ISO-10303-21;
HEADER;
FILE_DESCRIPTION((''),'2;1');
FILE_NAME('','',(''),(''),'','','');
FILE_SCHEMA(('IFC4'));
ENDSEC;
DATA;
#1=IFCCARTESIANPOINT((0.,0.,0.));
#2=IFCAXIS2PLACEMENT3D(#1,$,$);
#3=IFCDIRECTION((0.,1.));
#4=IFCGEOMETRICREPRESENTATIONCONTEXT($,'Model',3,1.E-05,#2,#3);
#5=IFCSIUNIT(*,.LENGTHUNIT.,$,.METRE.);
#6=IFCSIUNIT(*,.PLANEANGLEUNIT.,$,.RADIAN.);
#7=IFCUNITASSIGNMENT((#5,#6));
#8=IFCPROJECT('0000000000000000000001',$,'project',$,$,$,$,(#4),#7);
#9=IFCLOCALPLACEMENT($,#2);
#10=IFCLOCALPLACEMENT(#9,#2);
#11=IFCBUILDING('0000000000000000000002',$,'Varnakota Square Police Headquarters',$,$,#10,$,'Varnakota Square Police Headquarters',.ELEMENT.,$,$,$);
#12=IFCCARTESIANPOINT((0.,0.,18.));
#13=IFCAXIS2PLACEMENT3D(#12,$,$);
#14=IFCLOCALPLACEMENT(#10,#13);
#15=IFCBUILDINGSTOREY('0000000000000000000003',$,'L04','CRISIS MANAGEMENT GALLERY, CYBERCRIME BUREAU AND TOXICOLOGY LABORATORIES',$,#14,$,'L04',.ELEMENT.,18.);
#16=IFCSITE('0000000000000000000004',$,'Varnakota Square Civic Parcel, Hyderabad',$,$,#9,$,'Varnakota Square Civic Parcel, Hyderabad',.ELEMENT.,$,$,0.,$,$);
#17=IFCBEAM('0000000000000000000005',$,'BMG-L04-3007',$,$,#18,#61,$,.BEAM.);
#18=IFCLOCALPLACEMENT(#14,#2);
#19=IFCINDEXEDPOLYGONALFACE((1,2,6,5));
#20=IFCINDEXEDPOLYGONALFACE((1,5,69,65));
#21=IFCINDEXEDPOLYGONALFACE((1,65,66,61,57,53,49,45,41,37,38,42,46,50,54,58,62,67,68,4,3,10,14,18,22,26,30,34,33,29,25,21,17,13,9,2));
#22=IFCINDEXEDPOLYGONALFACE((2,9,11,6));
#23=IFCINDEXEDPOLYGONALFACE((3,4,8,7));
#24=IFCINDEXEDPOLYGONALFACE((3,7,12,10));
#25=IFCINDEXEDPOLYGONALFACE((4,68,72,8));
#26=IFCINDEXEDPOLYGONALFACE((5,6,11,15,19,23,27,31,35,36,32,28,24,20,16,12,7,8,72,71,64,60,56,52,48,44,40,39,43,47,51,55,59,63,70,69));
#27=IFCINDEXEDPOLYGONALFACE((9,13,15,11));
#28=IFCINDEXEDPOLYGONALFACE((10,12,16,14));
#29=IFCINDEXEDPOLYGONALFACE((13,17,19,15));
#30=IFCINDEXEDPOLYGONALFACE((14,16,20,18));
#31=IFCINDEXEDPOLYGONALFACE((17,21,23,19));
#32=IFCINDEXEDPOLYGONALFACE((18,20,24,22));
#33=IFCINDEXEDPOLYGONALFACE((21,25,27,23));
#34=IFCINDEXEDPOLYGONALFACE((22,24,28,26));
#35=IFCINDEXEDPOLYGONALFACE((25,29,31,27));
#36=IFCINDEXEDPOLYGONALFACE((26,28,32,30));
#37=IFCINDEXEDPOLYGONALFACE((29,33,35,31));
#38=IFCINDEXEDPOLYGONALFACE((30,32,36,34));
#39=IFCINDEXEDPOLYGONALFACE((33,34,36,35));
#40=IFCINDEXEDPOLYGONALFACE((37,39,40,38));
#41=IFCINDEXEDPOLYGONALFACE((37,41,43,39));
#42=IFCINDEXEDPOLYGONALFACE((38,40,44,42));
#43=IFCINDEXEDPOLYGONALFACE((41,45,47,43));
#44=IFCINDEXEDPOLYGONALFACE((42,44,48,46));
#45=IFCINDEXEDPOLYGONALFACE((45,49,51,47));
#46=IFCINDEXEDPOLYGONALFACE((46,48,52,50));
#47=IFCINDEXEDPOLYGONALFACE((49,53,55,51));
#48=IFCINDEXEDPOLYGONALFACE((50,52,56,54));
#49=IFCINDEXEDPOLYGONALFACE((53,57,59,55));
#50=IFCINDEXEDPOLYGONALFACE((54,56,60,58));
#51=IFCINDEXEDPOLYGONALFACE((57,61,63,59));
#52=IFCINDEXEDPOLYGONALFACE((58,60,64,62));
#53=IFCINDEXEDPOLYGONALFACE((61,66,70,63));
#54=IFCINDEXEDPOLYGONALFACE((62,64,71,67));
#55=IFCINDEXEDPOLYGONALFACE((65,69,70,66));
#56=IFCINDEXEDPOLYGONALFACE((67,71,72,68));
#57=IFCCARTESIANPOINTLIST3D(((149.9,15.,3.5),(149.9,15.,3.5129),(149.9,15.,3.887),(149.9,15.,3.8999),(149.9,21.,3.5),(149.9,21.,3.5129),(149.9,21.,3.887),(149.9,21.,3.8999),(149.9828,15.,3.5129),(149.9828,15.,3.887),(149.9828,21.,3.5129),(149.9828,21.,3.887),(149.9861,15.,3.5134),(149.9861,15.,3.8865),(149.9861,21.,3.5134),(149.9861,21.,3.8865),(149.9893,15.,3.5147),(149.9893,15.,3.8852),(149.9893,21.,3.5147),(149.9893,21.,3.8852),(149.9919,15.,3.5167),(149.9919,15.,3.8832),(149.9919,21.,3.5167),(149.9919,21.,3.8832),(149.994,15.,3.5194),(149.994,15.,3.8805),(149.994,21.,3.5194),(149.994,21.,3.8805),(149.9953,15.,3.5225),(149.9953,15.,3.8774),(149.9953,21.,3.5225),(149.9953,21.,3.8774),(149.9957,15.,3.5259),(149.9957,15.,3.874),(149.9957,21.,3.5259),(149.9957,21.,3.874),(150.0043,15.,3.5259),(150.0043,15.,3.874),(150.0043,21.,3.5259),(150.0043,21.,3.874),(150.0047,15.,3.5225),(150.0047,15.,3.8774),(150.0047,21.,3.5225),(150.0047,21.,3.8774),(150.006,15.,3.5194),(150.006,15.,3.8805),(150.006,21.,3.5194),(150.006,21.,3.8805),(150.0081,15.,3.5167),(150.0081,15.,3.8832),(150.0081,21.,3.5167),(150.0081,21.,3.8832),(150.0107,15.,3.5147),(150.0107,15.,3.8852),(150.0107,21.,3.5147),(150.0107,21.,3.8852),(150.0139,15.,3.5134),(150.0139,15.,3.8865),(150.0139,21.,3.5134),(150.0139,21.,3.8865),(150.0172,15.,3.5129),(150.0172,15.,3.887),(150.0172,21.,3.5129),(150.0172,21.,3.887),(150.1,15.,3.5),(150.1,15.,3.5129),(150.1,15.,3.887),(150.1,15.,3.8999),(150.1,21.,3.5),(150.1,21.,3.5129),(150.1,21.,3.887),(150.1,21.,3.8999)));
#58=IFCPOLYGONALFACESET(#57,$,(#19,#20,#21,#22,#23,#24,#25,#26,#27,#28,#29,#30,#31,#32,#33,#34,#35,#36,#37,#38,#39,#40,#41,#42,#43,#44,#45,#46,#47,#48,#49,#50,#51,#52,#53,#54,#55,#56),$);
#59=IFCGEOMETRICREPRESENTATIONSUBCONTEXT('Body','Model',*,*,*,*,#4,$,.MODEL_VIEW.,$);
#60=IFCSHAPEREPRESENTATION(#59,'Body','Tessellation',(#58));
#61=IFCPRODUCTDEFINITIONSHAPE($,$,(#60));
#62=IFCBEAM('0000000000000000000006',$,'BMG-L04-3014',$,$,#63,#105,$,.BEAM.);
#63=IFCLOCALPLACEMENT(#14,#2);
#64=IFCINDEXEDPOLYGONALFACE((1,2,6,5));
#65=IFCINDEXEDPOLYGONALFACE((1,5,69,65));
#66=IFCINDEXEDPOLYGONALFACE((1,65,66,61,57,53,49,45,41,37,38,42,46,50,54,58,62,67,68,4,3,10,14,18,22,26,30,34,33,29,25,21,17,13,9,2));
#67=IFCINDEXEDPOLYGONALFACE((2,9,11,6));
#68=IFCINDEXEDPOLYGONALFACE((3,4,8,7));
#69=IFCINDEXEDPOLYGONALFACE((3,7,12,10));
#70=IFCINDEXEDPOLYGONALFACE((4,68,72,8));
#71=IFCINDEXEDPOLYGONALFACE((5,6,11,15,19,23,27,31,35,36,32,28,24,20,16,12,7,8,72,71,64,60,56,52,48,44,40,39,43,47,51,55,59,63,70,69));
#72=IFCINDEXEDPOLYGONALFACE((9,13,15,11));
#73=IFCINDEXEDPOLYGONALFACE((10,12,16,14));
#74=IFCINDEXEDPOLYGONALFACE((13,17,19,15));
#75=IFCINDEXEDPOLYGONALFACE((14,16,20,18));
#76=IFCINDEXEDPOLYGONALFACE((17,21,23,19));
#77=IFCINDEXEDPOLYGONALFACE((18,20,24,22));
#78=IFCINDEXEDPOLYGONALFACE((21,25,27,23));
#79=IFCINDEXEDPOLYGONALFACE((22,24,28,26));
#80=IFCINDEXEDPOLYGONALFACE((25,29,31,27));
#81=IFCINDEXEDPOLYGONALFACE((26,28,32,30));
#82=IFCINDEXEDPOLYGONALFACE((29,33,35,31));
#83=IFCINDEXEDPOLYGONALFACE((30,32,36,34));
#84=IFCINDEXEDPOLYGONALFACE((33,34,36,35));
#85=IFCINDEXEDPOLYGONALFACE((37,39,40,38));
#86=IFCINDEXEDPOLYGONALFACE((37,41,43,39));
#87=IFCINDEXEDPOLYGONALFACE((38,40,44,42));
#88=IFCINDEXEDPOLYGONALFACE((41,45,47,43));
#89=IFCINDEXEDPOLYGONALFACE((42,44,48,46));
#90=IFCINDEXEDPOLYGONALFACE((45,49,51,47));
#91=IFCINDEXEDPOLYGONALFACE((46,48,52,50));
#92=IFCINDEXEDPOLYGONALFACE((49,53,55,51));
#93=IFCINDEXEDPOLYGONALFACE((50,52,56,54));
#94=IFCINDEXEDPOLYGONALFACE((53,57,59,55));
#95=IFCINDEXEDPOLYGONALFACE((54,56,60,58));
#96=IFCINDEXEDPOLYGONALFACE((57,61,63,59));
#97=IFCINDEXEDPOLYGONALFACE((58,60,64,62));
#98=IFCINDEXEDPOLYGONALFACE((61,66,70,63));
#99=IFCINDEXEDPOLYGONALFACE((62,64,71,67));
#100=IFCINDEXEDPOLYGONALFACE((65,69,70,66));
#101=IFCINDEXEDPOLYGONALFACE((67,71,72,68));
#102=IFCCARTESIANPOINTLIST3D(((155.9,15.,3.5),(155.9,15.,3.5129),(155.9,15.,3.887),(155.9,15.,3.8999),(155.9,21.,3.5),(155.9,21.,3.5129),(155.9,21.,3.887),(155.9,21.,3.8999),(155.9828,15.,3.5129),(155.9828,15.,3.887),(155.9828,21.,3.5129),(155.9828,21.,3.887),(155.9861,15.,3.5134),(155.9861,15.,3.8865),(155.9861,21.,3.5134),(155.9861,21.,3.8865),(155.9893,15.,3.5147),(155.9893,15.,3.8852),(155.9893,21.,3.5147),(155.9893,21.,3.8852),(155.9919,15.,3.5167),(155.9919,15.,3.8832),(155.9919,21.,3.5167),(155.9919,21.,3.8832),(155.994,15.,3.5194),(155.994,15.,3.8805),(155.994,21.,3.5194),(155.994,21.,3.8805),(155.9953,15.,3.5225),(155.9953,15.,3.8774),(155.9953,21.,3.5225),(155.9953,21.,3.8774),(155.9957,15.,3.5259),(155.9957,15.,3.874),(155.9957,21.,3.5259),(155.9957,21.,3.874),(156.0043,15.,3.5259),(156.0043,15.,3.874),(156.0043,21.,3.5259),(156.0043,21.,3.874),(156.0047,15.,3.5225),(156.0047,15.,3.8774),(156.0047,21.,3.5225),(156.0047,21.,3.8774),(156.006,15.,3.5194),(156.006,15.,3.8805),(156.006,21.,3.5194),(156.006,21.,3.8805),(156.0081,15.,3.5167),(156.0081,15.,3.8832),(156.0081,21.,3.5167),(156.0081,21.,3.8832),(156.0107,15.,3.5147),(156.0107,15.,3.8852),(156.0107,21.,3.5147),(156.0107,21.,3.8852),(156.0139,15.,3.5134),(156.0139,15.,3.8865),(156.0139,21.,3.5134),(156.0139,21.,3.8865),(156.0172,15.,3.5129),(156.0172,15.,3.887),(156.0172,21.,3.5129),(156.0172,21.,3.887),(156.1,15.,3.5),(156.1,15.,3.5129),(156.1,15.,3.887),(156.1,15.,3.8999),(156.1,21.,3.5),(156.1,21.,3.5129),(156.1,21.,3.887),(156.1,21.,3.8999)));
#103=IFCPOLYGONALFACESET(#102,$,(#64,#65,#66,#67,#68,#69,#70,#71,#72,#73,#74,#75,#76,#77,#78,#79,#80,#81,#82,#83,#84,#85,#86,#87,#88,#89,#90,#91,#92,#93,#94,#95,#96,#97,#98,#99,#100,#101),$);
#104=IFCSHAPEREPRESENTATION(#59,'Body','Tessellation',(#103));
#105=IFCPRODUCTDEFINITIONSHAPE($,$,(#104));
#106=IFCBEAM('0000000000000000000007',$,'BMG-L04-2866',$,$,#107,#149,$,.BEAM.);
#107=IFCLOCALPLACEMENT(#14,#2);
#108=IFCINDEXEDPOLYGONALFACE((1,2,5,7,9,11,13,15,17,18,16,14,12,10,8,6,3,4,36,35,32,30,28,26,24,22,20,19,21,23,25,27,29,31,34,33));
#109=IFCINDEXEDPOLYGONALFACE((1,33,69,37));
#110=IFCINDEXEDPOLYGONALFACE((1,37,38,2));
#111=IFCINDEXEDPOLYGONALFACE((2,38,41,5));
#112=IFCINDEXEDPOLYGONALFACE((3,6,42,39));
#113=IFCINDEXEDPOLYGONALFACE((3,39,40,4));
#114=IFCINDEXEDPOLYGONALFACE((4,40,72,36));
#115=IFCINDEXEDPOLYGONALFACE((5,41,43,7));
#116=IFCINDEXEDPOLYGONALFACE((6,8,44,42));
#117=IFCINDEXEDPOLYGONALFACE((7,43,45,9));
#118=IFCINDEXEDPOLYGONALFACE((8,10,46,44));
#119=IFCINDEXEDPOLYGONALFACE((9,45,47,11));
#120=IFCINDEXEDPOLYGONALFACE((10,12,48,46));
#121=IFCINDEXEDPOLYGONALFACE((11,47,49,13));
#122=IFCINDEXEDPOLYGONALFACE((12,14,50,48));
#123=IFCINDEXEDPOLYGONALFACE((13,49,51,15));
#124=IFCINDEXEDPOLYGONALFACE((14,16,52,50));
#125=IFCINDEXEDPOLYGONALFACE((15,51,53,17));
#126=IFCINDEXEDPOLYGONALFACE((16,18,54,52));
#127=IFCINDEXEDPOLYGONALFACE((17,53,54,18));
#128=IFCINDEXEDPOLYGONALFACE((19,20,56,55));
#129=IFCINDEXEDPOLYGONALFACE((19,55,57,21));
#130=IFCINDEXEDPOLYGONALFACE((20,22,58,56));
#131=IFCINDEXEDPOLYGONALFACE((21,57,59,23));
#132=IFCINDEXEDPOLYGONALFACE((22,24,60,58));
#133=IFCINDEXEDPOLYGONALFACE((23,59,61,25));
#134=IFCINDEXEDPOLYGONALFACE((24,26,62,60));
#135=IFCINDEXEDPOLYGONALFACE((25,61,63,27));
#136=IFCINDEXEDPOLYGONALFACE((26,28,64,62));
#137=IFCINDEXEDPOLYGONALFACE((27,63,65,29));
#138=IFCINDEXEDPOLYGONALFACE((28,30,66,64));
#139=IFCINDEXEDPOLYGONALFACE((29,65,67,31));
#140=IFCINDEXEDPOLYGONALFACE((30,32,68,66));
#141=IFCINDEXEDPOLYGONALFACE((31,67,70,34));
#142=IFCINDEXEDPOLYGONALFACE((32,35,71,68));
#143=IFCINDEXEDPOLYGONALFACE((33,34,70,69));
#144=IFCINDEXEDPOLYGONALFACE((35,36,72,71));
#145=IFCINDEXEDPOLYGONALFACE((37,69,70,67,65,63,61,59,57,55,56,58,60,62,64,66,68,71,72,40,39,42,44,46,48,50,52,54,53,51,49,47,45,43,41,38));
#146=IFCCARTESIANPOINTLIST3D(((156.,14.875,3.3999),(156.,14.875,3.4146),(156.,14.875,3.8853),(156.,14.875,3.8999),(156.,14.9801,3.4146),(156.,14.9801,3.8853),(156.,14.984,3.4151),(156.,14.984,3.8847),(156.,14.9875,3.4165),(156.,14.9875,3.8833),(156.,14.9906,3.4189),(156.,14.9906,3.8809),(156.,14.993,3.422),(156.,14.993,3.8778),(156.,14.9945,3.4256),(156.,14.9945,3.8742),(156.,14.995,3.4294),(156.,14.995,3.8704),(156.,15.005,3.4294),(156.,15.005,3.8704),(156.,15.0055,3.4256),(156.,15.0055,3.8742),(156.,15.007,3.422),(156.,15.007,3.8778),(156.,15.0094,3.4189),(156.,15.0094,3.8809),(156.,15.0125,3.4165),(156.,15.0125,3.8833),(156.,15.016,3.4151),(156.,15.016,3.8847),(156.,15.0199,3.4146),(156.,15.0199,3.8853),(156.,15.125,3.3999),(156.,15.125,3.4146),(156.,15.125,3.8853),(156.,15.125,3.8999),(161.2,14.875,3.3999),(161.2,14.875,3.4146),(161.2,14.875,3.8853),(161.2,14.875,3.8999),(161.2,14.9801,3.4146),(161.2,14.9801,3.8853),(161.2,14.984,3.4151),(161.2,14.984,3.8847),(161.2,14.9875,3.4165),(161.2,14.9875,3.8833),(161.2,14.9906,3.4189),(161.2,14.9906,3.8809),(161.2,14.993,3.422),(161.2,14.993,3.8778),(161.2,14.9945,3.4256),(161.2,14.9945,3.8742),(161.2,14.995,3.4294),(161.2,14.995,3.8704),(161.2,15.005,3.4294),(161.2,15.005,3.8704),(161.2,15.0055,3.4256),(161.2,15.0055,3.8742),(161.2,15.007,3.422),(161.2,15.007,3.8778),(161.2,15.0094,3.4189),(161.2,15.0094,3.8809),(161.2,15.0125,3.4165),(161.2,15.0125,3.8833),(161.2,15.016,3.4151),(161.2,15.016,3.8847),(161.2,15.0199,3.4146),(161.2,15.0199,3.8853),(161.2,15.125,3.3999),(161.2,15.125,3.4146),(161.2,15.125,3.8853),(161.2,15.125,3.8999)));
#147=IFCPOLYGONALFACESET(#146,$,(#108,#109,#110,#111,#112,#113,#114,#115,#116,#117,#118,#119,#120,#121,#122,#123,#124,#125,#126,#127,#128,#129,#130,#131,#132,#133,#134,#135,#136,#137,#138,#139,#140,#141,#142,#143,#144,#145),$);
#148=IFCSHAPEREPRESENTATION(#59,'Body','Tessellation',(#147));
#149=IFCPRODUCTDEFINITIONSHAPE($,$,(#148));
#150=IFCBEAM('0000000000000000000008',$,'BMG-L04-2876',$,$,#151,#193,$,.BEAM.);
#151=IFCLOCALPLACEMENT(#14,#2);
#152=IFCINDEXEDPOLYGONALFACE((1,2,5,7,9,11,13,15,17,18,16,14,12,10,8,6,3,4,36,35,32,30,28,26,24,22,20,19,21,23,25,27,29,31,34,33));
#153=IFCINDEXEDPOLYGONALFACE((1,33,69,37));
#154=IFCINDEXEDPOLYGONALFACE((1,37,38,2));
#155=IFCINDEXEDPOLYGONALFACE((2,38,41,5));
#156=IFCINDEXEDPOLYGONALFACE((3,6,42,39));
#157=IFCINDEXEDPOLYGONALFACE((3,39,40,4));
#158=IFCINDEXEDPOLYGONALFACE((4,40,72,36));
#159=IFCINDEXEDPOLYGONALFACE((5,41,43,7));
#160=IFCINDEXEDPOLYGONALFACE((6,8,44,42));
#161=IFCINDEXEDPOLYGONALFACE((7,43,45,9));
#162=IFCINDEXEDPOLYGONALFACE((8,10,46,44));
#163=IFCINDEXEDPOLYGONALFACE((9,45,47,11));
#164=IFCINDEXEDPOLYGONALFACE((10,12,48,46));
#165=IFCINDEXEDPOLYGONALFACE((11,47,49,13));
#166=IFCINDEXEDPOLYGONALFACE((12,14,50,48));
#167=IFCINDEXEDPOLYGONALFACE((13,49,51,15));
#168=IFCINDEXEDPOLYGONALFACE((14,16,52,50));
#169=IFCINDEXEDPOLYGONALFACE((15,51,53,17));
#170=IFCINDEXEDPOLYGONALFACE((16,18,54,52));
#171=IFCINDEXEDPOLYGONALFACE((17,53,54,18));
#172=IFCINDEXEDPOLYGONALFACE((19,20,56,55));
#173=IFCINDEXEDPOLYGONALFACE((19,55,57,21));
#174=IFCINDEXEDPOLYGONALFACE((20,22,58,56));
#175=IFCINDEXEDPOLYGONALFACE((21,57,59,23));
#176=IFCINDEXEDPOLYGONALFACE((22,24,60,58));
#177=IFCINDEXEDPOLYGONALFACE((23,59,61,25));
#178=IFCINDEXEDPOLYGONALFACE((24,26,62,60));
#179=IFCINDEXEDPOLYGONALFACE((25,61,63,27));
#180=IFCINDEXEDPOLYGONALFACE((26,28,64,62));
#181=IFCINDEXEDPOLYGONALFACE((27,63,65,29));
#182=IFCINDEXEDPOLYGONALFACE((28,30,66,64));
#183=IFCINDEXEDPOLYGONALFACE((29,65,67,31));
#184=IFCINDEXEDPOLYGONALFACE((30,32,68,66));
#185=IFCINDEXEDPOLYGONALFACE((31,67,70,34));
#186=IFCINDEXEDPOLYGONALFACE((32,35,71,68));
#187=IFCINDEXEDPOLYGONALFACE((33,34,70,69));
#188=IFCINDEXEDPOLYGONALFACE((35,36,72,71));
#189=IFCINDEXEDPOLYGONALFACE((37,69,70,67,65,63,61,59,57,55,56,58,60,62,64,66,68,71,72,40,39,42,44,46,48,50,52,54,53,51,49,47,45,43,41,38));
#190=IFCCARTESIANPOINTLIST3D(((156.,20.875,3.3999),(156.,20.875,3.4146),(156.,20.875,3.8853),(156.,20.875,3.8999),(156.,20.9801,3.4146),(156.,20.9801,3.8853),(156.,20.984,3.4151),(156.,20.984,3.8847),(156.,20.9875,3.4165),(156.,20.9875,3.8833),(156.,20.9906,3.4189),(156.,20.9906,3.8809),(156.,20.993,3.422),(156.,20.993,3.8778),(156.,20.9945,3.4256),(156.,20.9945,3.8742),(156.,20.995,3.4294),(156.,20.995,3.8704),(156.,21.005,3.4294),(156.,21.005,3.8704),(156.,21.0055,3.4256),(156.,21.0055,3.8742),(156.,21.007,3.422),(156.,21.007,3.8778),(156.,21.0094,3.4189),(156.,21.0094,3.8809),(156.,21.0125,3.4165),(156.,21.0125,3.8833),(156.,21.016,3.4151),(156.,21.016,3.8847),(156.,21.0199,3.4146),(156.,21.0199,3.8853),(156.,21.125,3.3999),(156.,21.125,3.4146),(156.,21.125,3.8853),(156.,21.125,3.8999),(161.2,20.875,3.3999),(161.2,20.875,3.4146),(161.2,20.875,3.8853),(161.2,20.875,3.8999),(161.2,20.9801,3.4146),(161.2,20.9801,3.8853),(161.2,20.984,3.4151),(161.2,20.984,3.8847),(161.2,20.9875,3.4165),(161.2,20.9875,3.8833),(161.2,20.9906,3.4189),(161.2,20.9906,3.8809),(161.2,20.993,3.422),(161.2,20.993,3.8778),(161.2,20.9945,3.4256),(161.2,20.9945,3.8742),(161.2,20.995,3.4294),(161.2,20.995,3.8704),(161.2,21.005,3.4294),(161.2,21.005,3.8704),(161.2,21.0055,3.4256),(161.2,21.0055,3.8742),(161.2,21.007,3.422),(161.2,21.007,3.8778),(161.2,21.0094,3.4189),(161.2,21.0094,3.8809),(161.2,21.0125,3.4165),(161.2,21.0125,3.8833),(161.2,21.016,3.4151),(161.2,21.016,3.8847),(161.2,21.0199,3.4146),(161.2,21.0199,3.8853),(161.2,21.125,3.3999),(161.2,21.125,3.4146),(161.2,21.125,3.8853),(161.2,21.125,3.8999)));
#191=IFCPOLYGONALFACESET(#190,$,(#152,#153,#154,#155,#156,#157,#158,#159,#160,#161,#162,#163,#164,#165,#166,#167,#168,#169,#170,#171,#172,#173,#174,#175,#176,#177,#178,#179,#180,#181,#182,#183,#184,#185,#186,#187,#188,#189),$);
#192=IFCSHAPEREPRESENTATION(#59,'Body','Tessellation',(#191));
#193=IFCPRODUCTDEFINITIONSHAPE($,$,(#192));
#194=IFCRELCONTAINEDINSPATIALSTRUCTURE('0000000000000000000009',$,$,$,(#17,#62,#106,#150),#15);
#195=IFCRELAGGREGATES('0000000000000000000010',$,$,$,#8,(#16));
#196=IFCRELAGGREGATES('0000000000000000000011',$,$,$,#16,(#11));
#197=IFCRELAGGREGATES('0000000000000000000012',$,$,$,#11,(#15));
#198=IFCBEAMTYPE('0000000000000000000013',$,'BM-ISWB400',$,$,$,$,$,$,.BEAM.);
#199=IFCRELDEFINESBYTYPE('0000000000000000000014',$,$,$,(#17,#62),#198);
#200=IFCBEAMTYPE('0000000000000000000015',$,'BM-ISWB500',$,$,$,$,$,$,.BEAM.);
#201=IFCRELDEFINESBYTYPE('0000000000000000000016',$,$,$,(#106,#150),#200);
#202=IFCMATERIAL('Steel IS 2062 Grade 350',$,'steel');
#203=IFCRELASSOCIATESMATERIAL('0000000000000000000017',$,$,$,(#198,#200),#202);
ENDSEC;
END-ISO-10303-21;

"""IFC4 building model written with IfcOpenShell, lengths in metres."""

from ifc_helpers import new_model, si_unit, direction, frame, origin, origin_2d, place, context, subcontext, project, spatial, i_section, extrude, material, material_profile, profile_set, type_object, element, save


model = new_model("IFC4")

# Units and contexts
model_context = context("Model", 3, precision=1e-05, world=origin(), true_north=direction((0.0, 1.0)))
body_context = subcontext(model_context, "Body", "Model", "MODEL_VIEW")
ifc_project = project(units=[si_unit("LENGTHUNIT", "METRE"), si_unit("PLANEANGLEUNIT", "RADIAN")], contexts=[model_context])

# Site, building, storey
site_placement = place(None, origin())
site = spatial("IfcSite", under=ifc_project, at=site_placement, Name="Varnakota Square Civic Parcel, Hyderabad", LongName="Varnakota Square Civic Parcel, Hyderabad", CompositionType="ELEMENT", RefElevation=0.0)
building_placement = place(site_placement, origin())
building = spatial("IfcBuilding", under=site, at=building_placement, Name="Varnakota Square Police Headquarters", LongName="Varnakota Square Police Headquarters", CompositionType="ELEMENT")
storey_placement = place(building_placement, frame((0.0, 0.0, 18.0)))
storey = spatial("IfcBuildingStorey", under=building, at=storey_placement, Name="L04", Description="CRISIS MANAGEMENT GALLERY, CYBERCRIME BUREAU AND TOXICOLOGY LABORATORIES", LongName="L04", CompositionType="ELEMENT", Elevation=18.0)

# Shared definitions
ifc_material_1 = material(Name="Steel IS 2062 Grade 350", Category="steel")

# Beams
ifc_material_profile_1 = material_profile(ifc_material_1, i_section(OverallWidth=0.2, OverallDepth=0.3999, WebThickness=0.0085, FlangeThickness=0.0129, FilletRadius=0.0129, at=origin_2d()), Name="ISWB 400")
ifc_profile_set_1 = profile_set([ifc_material_profile_1], Name="Steel IS 2062 Grade 350")
beam_type_1 = type_object("IfcBeamType", Name="BM-ISWB400", PredefinedType="BEAM", material=ifc_profile_set_1)
for number, where, z_axis, x_axis, name in (
    (1, (150.0, 15.0, 3.7), (0.0, 1.0, 0.0), (-1.0, 0.0, 0.0), "BMG-L04-3007"),
    (2, (156.0, 15.0, 3.7), (0.0, 1.0, 0.0), (-1.0, 0.0, 0.0), "BMG-L04-3014"),
):
    element("IfcBeam", number, at=place(storey_placement, frame(where, z_axis=z_axis, x_axis=x_axis)), inside=storey, type_object=beam_type_1, Name=name, PredefinedType="BEAM", context=body_context, shape_type="SweptSolid", body=[
        extrude(i_section(OverallWidth=0.2, OverallDepth=0.3999, WebThickness=0.0085, FlangeThickness=0.0129, FilletRadius=0.0129, at=origin_2d()), origin(), (0.0, 0.0, 1.0), 6.0),
    ])
ifc_material_profile_2 = material_profile(ifc_material_1, i_section(OverallWidth=0.25, OverallDepth=0.5, WebThickness=0.01, FlangeThickness=0.0146, FilletRadius=0.0149, at=origin_2d()), Name="ISWB 500")
ifc_profile_set_2 = profile_set([ifc_material_profile_2], Name="Steel IS 2062 Grade 350")
beam_type_2 = type_object("IfcBeamType", Name="BM-ISWB500", PredefinedType="BEAM", material=ifc_profile_set_2)
for number, where, z_axis, x_axis, name in (
    (3, (156.0, 15.0, 3.6499), (1.0, 0.0, 0.0), (0.0, 1.0, 0.0), "BMG-L04-2866"),
    (4, (156.0, 21.0, 3.6499), (1.0, 0.0, 0.0), (0.0, 1.0, 0.0), "BMG-L04-2876"),
):
    element("IfcBeam", number, at=place(storey_placement, frame(where, z_axis=z_axis, x_axis=x_axis)), inside=storey, type_object=beam_type_2, Name=name, PredefinedType="BEAM", context=body_context, shape_type="SweptSolid", body=[
        extrude(i_section(OverallWidth=0.25, OverallDepth=0.5, WebThickness=0.01, FlangeThickness=0.0146, FilletRadius=0.0149, at=origin_2d()), origin(), (0.0, 0.0, 1.0), 5.2),
    ])

save(model, "model.ifc")
